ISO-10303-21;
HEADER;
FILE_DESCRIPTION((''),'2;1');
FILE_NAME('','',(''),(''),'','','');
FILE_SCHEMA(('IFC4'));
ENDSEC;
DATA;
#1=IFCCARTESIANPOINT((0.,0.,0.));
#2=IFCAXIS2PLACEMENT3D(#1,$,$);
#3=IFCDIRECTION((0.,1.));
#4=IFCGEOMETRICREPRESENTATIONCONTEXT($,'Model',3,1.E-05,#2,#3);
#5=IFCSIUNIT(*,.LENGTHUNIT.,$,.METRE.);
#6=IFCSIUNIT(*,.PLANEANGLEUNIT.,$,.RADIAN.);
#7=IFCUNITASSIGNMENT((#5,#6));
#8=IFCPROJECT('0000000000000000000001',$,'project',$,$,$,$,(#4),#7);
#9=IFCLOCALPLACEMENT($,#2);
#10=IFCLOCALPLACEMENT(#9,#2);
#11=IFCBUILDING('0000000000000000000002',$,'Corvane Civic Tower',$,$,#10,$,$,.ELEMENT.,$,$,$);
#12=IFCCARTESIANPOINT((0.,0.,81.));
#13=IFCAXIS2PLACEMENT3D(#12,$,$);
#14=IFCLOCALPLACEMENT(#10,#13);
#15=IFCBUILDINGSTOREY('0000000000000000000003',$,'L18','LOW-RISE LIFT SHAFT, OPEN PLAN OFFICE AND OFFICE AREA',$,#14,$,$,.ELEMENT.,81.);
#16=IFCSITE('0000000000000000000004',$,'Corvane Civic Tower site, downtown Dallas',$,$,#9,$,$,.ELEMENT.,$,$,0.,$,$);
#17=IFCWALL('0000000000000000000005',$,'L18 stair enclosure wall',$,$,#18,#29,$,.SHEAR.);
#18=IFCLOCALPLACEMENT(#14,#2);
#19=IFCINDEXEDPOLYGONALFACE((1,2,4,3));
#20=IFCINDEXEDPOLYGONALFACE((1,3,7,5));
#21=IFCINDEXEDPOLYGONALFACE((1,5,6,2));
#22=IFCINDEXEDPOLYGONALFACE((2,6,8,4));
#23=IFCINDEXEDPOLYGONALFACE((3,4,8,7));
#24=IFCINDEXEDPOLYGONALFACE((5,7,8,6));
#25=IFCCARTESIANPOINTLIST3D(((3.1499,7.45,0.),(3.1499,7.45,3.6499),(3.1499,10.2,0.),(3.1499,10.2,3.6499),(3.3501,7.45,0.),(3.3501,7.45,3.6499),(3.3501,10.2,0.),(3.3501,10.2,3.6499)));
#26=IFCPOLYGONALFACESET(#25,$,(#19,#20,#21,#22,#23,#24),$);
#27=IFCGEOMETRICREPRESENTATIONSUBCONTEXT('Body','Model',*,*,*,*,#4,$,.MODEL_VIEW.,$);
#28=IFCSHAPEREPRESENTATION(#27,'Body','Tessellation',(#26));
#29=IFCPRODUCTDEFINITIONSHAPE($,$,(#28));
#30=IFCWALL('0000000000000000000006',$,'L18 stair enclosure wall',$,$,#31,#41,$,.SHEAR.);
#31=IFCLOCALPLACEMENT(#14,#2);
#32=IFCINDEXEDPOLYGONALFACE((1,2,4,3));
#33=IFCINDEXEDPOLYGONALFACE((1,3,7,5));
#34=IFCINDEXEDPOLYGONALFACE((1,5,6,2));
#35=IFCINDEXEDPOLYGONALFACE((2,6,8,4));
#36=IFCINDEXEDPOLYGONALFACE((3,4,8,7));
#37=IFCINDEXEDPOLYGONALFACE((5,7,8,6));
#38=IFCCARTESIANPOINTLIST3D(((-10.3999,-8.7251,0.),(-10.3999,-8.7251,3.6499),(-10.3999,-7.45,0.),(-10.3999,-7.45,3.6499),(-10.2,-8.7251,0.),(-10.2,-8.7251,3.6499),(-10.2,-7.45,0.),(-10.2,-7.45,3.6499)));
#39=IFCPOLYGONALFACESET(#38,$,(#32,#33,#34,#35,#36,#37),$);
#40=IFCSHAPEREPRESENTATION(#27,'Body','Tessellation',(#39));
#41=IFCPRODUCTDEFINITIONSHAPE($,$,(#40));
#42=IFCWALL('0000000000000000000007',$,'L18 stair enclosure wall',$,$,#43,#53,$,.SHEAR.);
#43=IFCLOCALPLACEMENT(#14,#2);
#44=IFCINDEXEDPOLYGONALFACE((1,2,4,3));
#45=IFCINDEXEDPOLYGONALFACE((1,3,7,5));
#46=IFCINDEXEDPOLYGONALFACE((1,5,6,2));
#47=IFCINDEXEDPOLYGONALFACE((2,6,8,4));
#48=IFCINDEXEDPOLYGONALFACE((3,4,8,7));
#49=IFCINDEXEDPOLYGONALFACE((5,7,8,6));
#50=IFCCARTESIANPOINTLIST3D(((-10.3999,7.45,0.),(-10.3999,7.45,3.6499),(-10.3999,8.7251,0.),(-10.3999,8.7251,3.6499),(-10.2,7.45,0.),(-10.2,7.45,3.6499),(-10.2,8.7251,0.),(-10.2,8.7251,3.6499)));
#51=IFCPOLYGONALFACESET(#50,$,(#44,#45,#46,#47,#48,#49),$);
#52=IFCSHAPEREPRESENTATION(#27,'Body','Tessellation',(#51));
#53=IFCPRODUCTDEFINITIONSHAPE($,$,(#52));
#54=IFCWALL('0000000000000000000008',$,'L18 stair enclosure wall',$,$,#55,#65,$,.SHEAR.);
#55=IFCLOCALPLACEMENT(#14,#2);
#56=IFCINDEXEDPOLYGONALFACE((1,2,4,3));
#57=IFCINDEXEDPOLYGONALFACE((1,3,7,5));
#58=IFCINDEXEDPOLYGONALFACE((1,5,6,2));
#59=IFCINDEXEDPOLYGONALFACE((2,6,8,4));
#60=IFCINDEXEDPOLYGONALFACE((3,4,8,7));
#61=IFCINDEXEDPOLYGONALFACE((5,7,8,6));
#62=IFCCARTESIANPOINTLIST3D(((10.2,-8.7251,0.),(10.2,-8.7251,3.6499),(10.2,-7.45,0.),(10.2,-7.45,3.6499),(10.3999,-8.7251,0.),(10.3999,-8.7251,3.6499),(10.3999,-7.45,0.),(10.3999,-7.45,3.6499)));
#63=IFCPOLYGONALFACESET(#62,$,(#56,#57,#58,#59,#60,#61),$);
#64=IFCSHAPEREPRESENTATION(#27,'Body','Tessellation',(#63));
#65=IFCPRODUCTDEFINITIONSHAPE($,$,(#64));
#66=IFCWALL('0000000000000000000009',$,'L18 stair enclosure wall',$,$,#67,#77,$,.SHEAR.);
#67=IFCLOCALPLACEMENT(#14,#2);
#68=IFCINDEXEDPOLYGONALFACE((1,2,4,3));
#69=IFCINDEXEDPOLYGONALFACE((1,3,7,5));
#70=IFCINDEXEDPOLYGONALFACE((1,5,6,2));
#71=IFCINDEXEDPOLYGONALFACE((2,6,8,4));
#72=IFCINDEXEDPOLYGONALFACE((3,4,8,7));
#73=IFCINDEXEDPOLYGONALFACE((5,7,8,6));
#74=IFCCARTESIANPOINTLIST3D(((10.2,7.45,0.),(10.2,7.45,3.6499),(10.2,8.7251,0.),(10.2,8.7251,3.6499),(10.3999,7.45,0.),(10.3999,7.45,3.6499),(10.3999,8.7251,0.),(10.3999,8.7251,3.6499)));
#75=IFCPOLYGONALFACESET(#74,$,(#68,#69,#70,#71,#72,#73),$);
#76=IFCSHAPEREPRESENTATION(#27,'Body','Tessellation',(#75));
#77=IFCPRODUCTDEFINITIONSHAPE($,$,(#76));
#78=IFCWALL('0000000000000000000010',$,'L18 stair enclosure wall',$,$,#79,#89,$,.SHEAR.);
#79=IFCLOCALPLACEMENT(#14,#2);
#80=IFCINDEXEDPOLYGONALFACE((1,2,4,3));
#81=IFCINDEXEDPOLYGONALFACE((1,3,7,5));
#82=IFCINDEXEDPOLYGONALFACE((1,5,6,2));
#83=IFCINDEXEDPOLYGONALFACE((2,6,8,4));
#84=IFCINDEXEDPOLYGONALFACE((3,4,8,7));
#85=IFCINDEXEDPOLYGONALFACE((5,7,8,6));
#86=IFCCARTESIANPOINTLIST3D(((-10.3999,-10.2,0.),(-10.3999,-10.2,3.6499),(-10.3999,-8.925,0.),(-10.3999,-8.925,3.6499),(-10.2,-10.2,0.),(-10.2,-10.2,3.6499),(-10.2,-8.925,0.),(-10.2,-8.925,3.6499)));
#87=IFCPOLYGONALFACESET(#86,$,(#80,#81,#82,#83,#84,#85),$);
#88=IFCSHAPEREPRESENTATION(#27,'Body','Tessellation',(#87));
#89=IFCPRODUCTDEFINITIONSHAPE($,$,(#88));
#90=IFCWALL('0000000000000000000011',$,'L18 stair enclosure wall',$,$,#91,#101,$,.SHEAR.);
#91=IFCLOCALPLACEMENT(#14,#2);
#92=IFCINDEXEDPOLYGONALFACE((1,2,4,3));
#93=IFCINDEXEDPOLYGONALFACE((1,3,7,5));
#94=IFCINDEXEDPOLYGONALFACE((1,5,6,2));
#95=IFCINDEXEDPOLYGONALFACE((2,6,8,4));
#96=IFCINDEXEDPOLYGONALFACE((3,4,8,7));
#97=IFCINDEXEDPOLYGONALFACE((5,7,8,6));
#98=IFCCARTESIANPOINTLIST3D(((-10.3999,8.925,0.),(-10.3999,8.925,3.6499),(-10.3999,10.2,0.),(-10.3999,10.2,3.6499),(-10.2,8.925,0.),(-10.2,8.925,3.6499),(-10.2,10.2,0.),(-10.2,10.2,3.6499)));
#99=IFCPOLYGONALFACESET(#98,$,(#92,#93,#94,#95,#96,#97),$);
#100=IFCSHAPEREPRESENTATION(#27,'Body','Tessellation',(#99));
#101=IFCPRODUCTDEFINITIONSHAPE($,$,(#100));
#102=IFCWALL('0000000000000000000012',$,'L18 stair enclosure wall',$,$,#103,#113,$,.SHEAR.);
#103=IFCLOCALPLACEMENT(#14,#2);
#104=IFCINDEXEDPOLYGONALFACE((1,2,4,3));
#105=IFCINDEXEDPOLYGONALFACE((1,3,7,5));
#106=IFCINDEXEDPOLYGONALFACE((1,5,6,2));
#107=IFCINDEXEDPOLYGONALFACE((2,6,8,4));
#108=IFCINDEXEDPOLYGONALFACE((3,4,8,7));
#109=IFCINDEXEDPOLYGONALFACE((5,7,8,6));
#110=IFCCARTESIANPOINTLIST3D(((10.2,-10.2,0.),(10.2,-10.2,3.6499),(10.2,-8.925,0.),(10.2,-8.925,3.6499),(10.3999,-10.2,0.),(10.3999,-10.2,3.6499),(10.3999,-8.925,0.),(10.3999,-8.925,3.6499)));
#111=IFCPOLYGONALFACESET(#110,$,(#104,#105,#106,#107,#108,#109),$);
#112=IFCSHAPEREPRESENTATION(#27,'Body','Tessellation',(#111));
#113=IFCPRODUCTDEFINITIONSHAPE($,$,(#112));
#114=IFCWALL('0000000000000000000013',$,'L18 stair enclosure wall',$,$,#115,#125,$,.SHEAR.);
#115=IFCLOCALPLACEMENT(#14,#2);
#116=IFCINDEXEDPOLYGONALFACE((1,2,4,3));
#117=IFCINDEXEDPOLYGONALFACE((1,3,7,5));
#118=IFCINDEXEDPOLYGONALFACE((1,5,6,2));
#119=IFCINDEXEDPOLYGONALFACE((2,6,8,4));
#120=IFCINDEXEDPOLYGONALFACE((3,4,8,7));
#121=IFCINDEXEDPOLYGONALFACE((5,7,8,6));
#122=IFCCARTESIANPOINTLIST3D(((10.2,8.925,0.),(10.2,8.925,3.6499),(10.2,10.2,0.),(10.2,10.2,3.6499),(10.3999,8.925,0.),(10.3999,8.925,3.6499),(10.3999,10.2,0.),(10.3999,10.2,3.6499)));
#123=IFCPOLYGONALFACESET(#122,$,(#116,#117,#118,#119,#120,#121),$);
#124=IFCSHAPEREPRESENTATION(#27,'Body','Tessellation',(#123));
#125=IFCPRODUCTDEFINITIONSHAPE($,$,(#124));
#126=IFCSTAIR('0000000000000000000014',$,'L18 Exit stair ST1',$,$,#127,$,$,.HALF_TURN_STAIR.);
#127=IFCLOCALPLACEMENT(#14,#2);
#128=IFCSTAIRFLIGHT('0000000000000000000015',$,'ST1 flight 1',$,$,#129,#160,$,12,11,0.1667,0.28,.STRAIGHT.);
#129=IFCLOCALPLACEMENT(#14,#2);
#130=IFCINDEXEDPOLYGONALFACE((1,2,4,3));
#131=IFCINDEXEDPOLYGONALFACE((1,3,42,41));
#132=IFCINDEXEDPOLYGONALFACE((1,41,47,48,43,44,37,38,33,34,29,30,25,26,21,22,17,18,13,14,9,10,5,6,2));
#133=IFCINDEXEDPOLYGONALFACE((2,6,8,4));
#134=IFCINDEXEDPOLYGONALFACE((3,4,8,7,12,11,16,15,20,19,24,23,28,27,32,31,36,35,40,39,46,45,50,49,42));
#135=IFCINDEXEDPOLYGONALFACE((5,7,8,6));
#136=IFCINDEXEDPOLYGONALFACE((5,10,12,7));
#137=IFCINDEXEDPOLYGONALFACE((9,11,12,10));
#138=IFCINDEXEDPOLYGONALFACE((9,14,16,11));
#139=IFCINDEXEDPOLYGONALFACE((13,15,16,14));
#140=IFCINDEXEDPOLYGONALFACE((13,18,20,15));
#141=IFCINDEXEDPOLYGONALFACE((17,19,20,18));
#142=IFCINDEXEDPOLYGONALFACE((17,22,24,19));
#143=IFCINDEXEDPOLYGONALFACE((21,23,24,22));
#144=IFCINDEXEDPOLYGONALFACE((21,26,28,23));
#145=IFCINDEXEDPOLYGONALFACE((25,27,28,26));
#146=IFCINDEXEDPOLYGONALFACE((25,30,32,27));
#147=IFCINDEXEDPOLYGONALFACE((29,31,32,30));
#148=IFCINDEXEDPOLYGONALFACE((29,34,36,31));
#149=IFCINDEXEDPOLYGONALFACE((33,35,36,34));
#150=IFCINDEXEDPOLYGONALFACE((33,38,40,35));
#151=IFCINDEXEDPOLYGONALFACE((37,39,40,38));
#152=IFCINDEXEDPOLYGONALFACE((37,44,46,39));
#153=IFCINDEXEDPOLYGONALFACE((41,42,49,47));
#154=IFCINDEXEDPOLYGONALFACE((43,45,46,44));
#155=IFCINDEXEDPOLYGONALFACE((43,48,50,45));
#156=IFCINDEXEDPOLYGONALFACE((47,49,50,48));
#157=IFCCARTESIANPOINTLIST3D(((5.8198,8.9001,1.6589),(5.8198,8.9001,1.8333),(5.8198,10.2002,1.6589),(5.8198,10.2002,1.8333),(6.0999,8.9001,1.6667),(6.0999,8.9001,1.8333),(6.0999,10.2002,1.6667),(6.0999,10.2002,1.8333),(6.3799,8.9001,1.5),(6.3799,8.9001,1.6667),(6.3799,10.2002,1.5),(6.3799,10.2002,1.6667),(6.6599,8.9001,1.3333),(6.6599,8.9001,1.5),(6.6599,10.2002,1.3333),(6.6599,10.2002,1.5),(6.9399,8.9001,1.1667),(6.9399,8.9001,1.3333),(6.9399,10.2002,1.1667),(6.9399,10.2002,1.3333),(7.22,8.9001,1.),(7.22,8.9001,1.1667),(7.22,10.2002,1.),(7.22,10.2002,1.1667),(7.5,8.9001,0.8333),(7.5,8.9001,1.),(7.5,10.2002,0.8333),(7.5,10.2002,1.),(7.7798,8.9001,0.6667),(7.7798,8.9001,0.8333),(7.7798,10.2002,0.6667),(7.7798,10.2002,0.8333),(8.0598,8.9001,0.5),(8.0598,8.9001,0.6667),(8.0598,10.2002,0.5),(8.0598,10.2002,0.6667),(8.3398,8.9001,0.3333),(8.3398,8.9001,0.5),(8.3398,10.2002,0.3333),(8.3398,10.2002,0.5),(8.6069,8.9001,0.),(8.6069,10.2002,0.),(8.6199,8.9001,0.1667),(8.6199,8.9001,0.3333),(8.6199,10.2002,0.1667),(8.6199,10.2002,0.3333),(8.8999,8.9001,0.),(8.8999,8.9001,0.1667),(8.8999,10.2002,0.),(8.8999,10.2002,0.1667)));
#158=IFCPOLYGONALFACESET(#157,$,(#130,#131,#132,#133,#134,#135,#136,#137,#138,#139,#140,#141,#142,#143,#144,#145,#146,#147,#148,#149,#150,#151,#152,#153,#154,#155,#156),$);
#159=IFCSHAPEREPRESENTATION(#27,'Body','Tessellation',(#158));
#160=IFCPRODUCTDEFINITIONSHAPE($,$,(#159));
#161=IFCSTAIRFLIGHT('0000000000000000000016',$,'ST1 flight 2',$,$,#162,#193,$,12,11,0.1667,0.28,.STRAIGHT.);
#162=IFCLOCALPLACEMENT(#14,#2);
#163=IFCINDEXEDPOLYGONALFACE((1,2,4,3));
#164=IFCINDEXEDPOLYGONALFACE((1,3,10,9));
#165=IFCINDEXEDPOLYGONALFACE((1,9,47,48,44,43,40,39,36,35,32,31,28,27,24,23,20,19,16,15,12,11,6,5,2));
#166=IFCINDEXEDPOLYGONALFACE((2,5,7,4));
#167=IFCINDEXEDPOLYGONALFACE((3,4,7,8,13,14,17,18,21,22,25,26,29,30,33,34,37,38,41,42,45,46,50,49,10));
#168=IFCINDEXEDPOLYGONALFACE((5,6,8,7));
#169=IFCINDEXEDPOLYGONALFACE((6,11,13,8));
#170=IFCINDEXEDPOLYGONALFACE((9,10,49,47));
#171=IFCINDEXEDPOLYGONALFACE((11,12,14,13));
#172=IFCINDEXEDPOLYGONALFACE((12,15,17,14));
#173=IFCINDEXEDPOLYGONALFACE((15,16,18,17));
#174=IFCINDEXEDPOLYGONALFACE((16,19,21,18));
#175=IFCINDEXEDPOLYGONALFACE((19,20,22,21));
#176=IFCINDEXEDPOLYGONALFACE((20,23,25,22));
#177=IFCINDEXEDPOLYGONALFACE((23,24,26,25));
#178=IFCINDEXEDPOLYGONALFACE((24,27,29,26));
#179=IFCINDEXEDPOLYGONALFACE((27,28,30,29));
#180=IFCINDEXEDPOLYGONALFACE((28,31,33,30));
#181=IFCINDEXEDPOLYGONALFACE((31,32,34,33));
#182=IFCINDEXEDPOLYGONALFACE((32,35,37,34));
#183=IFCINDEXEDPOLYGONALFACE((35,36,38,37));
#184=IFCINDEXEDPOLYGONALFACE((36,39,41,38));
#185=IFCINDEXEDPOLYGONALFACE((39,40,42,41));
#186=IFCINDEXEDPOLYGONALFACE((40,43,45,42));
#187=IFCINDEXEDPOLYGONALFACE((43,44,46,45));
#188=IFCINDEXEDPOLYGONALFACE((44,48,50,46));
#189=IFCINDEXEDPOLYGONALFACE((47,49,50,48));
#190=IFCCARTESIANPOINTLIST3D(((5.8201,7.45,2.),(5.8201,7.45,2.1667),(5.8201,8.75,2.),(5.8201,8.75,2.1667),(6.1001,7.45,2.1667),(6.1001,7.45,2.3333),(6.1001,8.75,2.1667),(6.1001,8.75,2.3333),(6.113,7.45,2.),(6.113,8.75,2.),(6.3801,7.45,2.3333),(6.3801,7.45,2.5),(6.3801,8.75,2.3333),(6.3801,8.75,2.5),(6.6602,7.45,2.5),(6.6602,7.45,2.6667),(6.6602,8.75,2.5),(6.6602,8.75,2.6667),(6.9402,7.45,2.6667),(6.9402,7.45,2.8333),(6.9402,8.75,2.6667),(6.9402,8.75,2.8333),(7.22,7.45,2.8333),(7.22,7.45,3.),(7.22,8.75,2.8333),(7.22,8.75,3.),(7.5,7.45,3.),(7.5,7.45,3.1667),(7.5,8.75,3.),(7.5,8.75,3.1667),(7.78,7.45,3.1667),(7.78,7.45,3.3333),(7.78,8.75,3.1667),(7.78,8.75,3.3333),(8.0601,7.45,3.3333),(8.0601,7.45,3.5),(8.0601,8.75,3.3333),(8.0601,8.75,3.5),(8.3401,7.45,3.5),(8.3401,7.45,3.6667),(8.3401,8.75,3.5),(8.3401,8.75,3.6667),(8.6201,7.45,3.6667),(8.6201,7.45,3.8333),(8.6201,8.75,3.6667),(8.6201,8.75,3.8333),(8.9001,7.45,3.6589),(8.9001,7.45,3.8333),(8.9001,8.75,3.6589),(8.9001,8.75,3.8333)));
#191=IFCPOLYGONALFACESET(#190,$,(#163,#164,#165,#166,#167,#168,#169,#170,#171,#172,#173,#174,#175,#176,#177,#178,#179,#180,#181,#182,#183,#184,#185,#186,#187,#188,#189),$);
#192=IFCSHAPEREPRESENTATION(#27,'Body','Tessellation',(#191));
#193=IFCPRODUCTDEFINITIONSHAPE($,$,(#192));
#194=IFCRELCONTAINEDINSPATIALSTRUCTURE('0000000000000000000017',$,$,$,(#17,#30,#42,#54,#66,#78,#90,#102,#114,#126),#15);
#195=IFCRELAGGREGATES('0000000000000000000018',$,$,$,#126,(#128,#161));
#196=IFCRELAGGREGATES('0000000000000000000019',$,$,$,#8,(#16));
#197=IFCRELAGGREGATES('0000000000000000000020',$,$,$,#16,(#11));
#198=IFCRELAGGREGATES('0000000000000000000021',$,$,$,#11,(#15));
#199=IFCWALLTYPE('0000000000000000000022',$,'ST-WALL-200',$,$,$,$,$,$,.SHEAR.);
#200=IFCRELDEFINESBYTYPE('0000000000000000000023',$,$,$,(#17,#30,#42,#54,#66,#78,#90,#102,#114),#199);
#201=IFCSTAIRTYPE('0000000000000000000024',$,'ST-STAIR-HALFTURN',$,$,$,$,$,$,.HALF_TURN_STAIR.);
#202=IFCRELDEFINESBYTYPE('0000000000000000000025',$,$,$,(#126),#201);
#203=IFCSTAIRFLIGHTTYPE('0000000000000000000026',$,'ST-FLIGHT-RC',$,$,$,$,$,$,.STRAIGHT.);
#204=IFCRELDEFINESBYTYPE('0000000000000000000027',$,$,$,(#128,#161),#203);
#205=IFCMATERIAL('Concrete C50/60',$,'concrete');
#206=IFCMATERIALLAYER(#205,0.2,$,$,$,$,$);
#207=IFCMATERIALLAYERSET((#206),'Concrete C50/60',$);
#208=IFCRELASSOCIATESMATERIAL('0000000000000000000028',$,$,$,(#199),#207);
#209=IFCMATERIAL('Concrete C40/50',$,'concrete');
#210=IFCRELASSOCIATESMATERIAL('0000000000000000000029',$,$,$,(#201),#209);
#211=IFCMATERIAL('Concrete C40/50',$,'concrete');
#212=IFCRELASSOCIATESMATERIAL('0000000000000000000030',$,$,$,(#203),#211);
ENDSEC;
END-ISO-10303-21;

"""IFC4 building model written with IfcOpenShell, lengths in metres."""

from ifc_helpers import new_model, si_unit, direction, frame, origin, place, context, subcontext, project, spatial, polyline, outline, extrude, material, layer, layer_set, type_object, element, aggregate, save


model = new_model("IFC4")

# Units and contexts
model_context = context("Model", 3, precision=1e-05, world=origin(), true_north=direction((0.0, 1.0)))
body_context = subcontext(model_context, "Body", "Model", "MODEL_VIEW")
ifc_project = project(units=[si_unit("LENGTHUNIT", "METRE"), si_unit("PLANEANGLEUNIT", "RADIAN")], contexts=[model_context])

# Site, building, storey
site_placement = place(None, origin())
site = spatial("IfcSite", under=ifc_project, at=site_placement, Name="Corvane Civic Tower site, downtown Dallas", CompositionType="ELEMENT", RefElevation=0.0)
building_placement = place(site_placement, origin())
building = spatial("IfcBuilding", under=site, at=building_placement, Name="Corvane Civic Tower", CompositionType="ELEMENT")
storey_placement = place(building_placement, frame((0.0, 0.0, 81.0)))
storey = spatial("IfcBuildingStorey", under=building, at=storey_placement, Name="L18", Description="LOW-RISE LIFT SHAFT, OPEN PLAN OFFICE AND OFFICE AREA", CompositionType="ELEMENT", Elevation=81.0)

# Shared definitions
ifc_material_1 = material(Name="Concrete C50/60", Category="concrete")
ifc_layer_1 = layer(ifc_material_1, 0.2)
ifc_layer_set_1 = layer_set([ifc_layer_1], Name="Concrete C50/60")
wall_type_1 = type_object("IfcWallType", Name="ST-WALL-200", PredefinedType="SHEAR", material=ifc_layer_set_1)

# Walls
wall_1_placement = place(storey_placement, origin())
element("IfcWall", 1, at=wall_1_placement, inside=storey, type_object=wall_type_1, Name="L18 stair enclosure wall", PredefinedType="SHEAR", context=body_context, shape_type="SweptSolid", body=[
    extrude(outline(polyline([(3.3501, 7.45), (3.1499, 7.45), (3.1499, 10.2), (3.3501, 10.2), (3.3501, 7.45)])), origin(), (0.0, 0.0, 1.0), 3.6499),
])
wall_2_placement = place(storey_placement, origin())
element("IfcWall", 2, at=wall_2_placement, inside=storey, type_object=wall_type_1, Name="L18 stair enclosure wall", PredefinedType="SHEAR", context=body_context, shape_type="SweptSolid", body=[
    extrude(outline(polyline([(-10.2, -7.45), (-10.2, -8.7251), (-10.3999, -8.7251), (-10.3999, -7.45), (-10.2, -7.45)])), origin(), (0.0, 0.0, 1.0), 3.6499),
])
wall_3_placement = place(storey_placement, origin())
element("IfcWall", 3, at=wall_3_placement, inside=storey, type_object=wall_type_1, Name="L18 stair enclosure wall", PredefinedType="SHEAR", context=body_context, shape_type="SweptSolid", body=[
    extrude(outline(polyline([(-10.2, 8.7251), (-10.2, 7.45), (-10.3999, 7.45), (-10.3999, 8.7251), (-10.2, 8.7251)])), origin(), (0.0, 0.0, 1.0), 3.6499),
])
wall_4_placement = place(storey_placement, origin())
element("IfcWall", 4, at=wall_4_placement, inside=storey, type_object=wall_type_1, Name="L18 stair enclosure wall", PredefinedType="SHEAR", context=body_context, shape_type="SweptSolid", body=[
    extrude(outline(polyline([(10.3999, -7.45), (10.3999, -8.7251), (10.2, -8.7251), (10.2, -7.45), (10.3999, -7.45)])), origin(), (0.0, 0.0, 1.0), 3.6499),
])
wall_5_placement = place(storey_placement, origin())
element("IfcWall", 5, at=wall_5_placement, inside=storey, type_object=wall_type_1, Name="L18 stair enclosure wall", PredefinedType="SHEAR", context=body_context, shape_type="SweptSolid", body=[
    extrude(outline(polyline([(10.3999, 8.7251), (10.3999, 7.45), (10.2, 7.45), (10.2, 8.7251), (10.3999, 8.7251)])), origin(), (0.0, 0.0, 1.0), 3.6499),
])
wall_6_placement = place(storey_placement, origin())
element("IfcWall", 6, at=wall_6_placement, inside=storey, type_object=wall_type_1, Name="L18 stair enclosure wall", PredefinedType="SHEAR", context=body_context, shape_type="SweptSolid", body=[
    extrude(outline(polyline([(-10.2, -8.925), (-10.2, -10.2), (-10.3999, -10.2), (-10.3999, -8.925), (-10.2, -8.925)])), origin(), (0.0, 0.0, 1.0), 3.6499),
])
wall_7_placement = place(storey_placement, origin())
element("IfcWall", 7, at=wall_7_placement, inside=storey, type_object=wall_type_1, Name="L18 stair enclosure wall", PredefinedType="SHEAR", context=body_context, shape_type="SweptSolid", body=[
    extrude(outline(polyline([(-10.2, 8.925), (-10.3999, 8.925), (-10.3999, 10.2), (-10.2, 10.2), (-10.2, 8.925)])), origin(), (0.0, 0.0, 1.0), 3.6499),
])
wall_8_placement = place(storey_placement, origin())
element("IfcWall", 8, at=wall_8_placement, inside=storey, type_object=wall_type_1, Name="L18 stair enclosure wall", PredefinedType="SHEAR", context=body_context, shape_type="SweptSolid", body=[
    extrude(outline(polyline([(10.3999, -8.925), (10.3999, -10.2), (10.2, -10.2), (10.2, -8.925), (10.3999, -8.925)])), origin(), (0.0, 0.0, 1.0), 3.6499),
])
wall_9_placement = place(storey_placement, origin())
element("IfcWall", 9, at=wall_9_placement, inside=storey, type_object=wall_type_1, Name="L18 stair enclosure wall", PredefinedType="SHEAR", context=body_context, shape_type="SweptSolid", body=[
    extrude(outline(polyline([(10.3999, 8.925), (10.2, 8.925), (10.2, 10.2), (10.3999, 10.2), (10.3999, 8.925)])), origin(), (0.0, 0.0, 1.0), 3.6499),
])

# Stair, stair flights
ifc_material_2 = material(Name="Concrete C40/50", Category="concrete")
stair_type = type_object("IfcStairType", Name="ST-STAIR-HALFTURN", PredefinedType="HALF_TURN_STAIR", material=ifc_material_2)
stair_placement = place(storey_placement, origin())
stair = element("IfcStair", 10, at=stair_placement, inside=storey, type_object=stair_type, Name="L18 Exit stair ST1", PredefinedType="HALF_TURN_STAIR")
ifc_material_3 = material(Name="Concrete C40/50", Category="concrete")
stair_flight_type = type_object("IfcStairFlightType", Name="ST-FLIGHT-RC", PredefinedType="STRAIGHT", material=ifc_material_3)
stair_flight_1_placement = place(storey_placement, frame((8.8999, 9.55, 0.0), z_axis=(0.0, 0.0, 1.0), x_axis=(-1.0, 0.0, 0.0)))
stair_flight_1 = element("IfcStairFlight", 11, at=stair_flight_1_placement, type_object=stair_flight_type, Name="ST1 flight 1", NumberOfRisers=12, NumberOfTreads=11, PredefinedType="STRAIGHT", RiserHeight=0.1667, TreadLength=0.28, context=body_context, shape_type="SweptSolid", body=[
    extrude(outline(polyline([(0.0, 0.0), (0.0, 0.1667), (0.28, 0.1667), (0.28, 0.3333), (0.5601, 0.3333), (0.5601, 0.5), (0.8401, 0.5), (0.8401, 0.6667), (1.1201, 0.6667), (1.1201, 0.8333), (1.3999, 0.8333), (1.3999, 1.0), (1.6799, 1.0), (1.6799, 1.1667), (1.96, 1.1667), (1.96, 1.3333), (2.24, 1.3333), (2.24, 1.5), (2.52, 1.5), (2.52, 1.6667), (2.8, 1.6667), (2.8, 1.8333), (3.0801, 1.8333), (3.0801, 2.0), (3.0801, 1.6589), (0.293, 0.0), (0.0, 0.0)])), frame((0.0, 0.6499, 0.0), z_axis=(0.0, -1.0, 0.0), x_axis=(1.0, 0.0, 0.0)), (0.0, 0.0, 1.0), 1.3),
])
stair_flight_2_placement = place(storey_placement, frame((5.8201, 8.1001, 2.0), z_axis=(0.0, 0.0, 1.0), x_axis=(1.0, 0.0, 0.0)))
stair_flight_2 = element("IfcStairFlight", 12, at=stair_flight_2_placement, type_object=stair_flight_type, Name="ST1 flight 2", NumberOfRisers=12, NumberOfTreads=11, PredefinedType="STRAIGHT", RiserHeight=0.1667, TreadLength=0.28, context=body_context, shape_type="SweptSolid", body=[
    extrude(outline(polyline([(0.0, 0.0), (0.0, 0.1667), (0.28, 0.1667), (0.28, 0.3333), (0.5601, 0.3333), (0.5601, 0.5), (0.8401, 0.5), (0.8401, 0.6667), (1.1201, 0.6667), (1.1201, 0.8333), (1.3999, 0.8333), (1.3999, 1.0), (1.6799, 1.0), (1.6799, 1.1667), (1.96, 1.1667), (1.96, 1.3333), (2.24, 1.3333), (2.24, 1.5), (2.52, 1.5), (2.52, 1.6667), (2.8, 1.6667), (2.8, 1.8333), (3.0801, 1.8333), (3.0801, 2.0), (3.0801, 1.6589), (0.293, 0.0), (0.0, 0.0)])), frame((0.0, 0.6499, 0.0), z_axis=(0.0, -1.0, 0.0), x_axis=(1.0, 0.0, 0.0)), (0.0, 0.0, 1.0), 1.3),
])
aggregate(stair, [stair_flight_1, stair_flight_2])

save(model, "model.ifc")
